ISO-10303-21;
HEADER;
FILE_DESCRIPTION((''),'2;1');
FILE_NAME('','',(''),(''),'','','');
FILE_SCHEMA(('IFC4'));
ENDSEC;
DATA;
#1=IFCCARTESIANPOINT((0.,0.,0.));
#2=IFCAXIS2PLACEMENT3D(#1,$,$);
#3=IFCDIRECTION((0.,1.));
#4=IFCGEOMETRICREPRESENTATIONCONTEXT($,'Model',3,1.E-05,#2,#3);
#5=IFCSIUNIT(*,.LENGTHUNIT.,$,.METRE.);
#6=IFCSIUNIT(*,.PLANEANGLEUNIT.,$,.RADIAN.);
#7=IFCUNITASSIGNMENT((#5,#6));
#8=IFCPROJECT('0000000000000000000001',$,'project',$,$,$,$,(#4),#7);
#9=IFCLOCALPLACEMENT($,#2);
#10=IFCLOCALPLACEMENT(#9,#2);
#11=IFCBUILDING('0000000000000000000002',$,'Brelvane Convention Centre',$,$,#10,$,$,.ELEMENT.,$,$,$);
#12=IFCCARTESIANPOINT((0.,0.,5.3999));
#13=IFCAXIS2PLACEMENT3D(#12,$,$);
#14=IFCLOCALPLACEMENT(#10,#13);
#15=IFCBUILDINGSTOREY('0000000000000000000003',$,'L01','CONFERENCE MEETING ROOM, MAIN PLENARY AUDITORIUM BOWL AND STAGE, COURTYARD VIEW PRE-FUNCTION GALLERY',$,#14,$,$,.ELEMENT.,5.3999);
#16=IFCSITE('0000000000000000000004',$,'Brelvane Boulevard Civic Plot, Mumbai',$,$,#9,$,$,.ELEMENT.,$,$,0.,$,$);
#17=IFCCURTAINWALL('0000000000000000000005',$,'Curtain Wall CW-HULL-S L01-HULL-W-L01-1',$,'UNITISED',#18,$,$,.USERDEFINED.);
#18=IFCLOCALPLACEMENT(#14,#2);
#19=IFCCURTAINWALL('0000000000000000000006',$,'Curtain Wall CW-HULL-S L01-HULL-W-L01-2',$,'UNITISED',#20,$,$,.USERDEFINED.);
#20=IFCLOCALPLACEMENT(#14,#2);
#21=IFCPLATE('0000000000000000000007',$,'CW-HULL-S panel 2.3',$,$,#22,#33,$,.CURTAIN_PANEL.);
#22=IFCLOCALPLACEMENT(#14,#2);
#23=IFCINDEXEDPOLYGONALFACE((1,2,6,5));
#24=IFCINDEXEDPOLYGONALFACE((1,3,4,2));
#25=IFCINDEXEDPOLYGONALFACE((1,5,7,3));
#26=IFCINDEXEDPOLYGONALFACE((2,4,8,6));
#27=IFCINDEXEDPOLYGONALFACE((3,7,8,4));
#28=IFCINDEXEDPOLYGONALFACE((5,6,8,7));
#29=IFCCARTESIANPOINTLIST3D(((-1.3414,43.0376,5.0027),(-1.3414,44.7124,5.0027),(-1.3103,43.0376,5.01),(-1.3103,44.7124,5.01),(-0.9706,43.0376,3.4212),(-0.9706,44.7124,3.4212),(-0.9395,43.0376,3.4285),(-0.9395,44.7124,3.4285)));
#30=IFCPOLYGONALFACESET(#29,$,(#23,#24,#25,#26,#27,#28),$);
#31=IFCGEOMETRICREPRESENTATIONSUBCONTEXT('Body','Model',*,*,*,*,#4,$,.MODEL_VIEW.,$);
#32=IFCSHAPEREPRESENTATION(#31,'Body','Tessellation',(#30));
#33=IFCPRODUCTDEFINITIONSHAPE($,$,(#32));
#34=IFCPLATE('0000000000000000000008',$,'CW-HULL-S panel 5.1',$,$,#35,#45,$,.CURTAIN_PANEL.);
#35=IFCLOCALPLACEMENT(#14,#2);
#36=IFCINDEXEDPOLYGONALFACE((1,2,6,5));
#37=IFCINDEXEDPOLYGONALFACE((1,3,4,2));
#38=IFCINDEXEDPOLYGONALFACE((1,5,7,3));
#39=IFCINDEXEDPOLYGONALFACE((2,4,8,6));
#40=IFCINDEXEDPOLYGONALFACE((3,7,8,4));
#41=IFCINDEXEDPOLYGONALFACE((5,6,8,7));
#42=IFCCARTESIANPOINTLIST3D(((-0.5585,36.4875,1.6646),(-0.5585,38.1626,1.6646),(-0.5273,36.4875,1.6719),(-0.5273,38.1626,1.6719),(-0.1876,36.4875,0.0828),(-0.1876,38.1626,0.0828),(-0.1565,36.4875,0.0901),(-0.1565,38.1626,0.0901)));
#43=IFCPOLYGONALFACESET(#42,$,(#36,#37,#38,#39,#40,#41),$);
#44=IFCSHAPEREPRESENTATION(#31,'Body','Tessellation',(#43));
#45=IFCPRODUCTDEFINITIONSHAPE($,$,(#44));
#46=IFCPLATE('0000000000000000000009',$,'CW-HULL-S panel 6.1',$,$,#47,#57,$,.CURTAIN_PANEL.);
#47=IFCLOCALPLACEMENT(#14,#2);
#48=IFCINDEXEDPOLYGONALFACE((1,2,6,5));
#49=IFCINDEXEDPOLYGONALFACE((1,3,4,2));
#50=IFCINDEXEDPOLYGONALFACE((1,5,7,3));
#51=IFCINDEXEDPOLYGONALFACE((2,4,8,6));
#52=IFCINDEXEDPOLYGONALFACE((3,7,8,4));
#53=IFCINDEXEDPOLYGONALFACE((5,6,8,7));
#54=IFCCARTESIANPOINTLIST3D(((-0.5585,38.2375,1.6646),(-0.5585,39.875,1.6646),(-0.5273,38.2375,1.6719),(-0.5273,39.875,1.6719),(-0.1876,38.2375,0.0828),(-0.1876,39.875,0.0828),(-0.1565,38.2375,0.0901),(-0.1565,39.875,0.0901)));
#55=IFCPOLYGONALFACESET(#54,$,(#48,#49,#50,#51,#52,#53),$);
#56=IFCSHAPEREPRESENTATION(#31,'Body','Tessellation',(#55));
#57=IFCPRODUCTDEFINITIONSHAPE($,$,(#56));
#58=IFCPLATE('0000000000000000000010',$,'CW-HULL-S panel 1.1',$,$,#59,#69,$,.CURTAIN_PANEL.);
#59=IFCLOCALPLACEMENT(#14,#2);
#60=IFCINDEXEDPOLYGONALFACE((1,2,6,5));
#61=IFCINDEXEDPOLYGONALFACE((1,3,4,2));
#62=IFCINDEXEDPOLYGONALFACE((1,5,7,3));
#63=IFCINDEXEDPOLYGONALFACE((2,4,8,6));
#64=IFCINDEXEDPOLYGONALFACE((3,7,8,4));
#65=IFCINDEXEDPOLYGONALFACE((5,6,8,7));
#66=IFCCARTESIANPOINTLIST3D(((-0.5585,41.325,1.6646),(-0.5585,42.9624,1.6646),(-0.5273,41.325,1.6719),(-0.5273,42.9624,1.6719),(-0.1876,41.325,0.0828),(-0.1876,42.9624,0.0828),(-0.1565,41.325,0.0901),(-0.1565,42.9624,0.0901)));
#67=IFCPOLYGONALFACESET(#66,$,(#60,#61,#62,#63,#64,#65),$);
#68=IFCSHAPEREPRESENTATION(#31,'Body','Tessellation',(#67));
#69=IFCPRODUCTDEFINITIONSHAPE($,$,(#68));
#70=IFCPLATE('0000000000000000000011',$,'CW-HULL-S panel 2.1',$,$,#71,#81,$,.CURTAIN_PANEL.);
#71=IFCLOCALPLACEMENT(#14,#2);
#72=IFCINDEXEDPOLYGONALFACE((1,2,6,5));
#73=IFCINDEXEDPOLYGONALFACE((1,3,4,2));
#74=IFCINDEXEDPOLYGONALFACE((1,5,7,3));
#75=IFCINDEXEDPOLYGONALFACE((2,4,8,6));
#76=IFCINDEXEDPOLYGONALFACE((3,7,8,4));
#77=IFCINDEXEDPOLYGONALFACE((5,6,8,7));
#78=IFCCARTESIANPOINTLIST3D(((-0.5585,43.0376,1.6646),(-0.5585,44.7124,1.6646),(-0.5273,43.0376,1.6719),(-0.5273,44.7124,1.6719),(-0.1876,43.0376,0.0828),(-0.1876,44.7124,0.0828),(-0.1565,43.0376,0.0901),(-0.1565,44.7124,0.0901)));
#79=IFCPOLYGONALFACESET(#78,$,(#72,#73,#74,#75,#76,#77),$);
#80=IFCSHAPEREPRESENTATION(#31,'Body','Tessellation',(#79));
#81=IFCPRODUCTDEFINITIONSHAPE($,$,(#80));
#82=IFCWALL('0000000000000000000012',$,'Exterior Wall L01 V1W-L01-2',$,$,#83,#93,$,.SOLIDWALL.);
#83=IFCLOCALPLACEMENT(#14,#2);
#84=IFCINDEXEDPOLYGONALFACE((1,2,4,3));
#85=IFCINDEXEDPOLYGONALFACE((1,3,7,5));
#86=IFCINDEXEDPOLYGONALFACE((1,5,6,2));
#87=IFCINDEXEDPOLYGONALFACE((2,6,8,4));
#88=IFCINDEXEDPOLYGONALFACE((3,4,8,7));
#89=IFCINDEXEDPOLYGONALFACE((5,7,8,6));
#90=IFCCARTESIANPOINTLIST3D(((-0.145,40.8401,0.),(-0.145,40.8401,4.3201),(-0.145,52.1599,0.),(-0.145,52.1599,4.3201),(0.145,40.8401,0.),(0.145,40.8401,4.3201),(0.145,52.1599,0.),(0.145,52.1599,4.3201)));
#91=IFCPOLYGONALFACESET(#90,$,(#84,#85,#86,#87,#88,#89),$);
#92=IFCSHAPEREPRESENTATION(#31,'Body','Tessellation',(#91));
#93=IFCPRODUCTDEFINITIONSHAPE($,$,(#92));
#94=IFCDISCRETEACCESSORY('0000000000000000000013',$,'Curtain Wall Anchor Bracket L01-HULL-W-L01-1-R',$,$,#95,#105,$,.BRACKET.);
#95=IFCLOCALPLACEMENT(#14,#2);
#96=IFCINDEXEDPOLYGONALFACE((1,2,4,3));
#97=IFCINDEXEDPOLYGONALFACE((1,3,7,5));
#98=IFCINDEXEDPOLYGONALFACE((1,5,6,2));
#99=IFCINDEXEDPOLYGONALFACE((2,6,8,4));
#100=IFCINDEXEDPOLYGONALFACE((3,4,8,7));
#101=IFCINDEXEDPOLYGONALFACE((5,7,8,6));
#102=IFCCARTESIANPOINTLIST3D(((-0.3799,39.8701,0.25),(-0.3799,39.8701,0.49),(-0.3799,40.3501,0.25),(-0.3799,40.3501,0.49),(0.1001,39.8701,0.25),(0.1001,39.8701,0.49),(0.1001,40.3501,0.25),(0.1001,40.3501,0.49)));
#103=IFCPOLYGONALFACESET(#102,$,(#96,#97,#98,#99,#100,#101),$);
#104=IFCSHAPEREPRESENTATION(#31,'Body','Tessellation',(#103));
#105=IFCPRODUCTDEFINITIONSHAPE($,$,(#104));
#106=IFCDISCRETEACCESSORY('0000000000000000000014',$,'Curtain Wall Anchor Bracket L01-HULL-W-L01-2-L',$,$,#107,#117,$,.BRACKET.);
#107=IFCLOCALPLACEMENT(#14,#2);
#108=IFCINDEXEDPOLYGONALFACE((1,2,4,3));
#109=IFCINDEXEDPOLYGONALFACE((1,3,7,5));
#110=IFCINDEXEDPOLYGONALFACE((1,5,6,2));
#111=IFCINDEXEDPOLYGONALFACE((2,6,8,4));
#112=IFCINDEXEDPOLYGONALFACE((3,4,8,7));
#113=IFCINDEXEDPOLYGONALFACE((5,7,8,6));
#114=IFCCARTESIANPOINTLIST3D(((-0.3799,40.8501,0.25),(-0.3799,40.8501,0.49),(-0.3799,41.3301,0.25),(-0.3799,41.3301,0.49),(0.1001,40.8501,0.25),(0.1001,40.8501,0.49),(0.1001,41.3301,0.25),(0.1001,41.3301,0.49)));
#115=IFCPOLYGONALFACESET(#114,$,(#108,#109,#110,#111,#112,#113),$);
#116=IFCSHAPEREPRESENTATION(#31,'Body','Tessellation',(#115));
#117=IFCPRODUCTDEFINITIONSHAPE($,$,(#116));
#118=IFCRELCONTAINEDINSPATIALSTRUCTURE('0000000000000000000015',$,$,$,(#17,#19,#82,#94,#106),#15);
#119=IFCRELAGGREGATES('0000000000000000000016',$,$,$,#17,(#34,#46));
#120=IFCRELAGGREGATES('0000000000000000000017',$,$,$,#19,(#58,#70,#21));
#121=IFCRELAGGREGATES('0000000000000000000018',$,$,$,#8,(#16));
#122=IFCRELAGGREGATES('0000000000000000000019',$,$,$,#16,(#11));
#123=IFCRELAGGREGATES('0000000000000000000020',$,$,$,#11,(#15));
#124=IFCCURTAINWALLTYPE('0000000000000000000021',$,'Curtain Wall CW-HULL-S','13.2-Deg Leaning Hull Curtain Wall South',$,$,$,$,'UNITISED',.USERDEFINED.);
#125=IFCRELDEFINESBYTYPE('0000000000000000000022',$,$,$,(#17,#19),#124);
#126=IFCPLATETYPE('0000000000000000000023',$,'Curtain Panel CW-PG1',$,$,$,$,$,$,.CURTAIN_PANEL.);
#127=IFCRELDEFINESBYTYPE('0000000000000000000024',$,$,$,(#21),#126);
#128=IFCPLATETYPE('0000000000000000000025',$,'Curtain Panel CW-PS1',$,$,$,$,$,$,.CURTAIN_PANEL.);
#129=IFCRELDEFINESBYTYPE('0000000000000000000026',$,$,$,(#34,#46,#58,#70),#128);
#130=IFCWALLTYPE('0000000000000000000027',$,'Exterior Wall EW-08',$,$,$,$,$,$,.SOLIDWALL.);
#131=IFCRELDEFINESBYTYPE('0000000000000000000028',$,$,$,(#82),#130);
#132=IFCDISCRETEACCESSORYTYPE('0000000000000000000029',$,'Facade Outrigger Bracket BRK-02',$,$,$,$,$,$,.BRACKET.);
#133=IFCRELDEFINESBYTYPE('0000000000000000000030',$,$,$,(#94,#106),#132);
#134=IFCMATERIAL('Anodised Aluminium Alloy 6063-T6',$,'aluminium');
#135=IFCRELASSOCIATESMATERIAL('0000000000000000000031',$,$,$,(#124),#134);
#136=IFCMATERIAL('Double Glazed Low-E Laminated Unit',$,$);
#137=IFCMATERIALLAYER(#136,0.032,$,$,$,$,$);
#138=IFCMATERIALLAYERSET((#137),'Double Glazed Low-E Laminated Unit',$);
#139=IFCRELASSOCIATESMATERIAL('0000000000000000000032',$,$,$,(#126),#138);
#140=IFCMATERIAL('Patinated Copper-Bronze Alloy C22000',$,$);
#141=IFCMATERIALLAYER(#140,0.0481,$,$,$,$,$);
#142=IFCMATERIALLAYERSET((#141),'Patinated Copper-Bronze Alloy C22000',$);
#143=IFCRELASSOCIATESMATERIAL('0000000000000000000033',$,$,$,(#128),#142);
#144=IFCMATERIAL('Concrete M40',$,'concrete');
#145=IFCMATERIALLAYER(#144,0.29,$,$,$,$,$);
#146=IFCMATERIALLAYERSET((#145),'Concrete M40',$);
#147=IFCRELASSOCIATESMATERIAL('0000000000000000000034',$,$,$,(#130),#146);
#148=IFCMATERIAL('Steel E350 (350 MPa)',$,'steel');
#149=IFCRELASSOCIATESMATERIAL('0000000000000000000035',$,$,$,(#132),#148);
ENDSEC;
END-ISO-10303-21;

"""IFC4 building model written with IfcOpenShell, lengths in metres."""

from ifc_helpers import new_model, si_unit, direction, frame, frame_2d, origin, origin_2d, place, context, subcontext, project, spatial, polyline, rectangle, outline, extrude, material, layer, layer_set, type_object, element, aggregate, save


model = new_model("IFC4")

# Units and contexts
model_context = context("Model", 3, precision=1e-05, world=origin(), true_north=direction((0.0, 1.0)))
body_context = subcontext(model_context, "Body", "Model", "MODEL_VIEW")
ifc_project = project(units=[si_unit("LENGTHUNIT", "METRE"), si_unit("PLANEANGLEUNIT", "RADIAN")], contexts=[model_context])

# Site, building, storey
site_placement = place(None, origin())
site = spatial("IfcSite", under=ifc_project, at=site_placement, Name="Brelvane Boulevard Civic Plot, Mumbai", CompositionType="ELEMENT", RefElevation=0.0)
building_placement = place(site_placement, origin())
building = spatial("IfcBuilding", under=site, at=building_placement, Name="Brelvane Convention Centre", CompositionType="ELEMENT")
storey_placement = place(building_placement, frame((0.0, 0.0, 5.3999)))
storey = spatial("IfcBuildingStorey", under=building, at=storey_placement, Name="L01", Description="CONFERENCE MEETING ROOM, MAIN PLENARY AUDITORIUM BOWL AND STAGE, COURTYARD VIEW PRE-FUNCTION GALLERY", CompositionType="ELEMENT", Elevation=5.3999)

# Curtain walls
ifc_material_1 = material(Name="Anodised Aluminium Alloy 6063-T6", Category="aluminium")
curtain_wall_type = type_object("IfcCurtainWallType", Name="Curtain Wall CW-HULL-S", Description="13.2-Deg Leaning Hull Curtain Wall South", ElementType="UNITISED", PredefinedType="USERDEFINED", material=ifc_material_1)
curtain_wall_1_placement = place(storey_placement, origin())
curtain_wall_1 = element("IfcCurtainWall", 1, at=curtain_wall_1_placement, inside=storey, type_object=curtain_wall_type, Name="Curtain Wall CW-HULL-S L01-HULL-W-L01-1", ObjectType="UNITISED", PredefinedType="USERDEFINED")
curtain_wall_2_placement = place(storey_placement, origin())
curtain_wall_2 = element("IfcCurtainWall", 2, at=curtain_wall_2_placement, inside=storey, type_object=curtain_wall_type, Name="Curtain Wall CW-HULL-S L01-HULL-W-L01-2", ObjectType="UNITISED", PredefinedType="USERDEFINED")

# Plates
ifc_material_2 = material(Name="Double Glazed Low-E Laminated Unit")
ifc_layer_1 = layer(ifc_material_2, 0.032)
ifc_layer_set_1 = layer_set([ifc_layer_1], Name="Double Glazed Low-E Laminated Unit")
plate_type_1 = type_object("IfcPlateType", Name="Curtain Panel CW-PG1", PredefinedType="CURTAIN_PANEL", material=ifc_layer_set_1)
plate_1_placement = place(storey_placement, frame((-0.9395, 43.0376, 3.4285), z_axis=(0.973592, 0.0, 0.228294), x_axis=(0.0, 1.0, 0.0)))
plate_1 = element("IfcPlate", 3, at=plate_1_placement, type_object=plate_type_1, Name="CW-HULL-S panel 2.3", PredefinedType="CURTAIN_PANEL", context=body_context, shape_type="SweptSolid", body=[
    extrude(outline(polyline([(0.0, 0.0), (1.6748, 0.0), (1.6748, 1.6244), (0.0, 1.6244), (0.0, 0.0)])), origin(), (0.0, 0.0, -1.0), 0.032),
])
ifc_material_3 = material(Name="Patinated Copper-Bronze Alloy C22000")
ifc_layer_2 = layer(ifc_material_3, 0.0481)
ifc_layer_set_2 = layer_set([ifc_layer_2], Name="Patinated Copper-Bronze Alloy C22000")
plate_type_2 = type_object("IfcPlateType", Name="Curtain Panel CW-PS1", PredefinedType="CURTAIN_PANEL", material=ifc_layer_set_2)
plate_2_placement = place(storey_placement, frame((-0.1565, 36.4875, 0.0901), z_axis=(0.9736, 0.0, 0.22826), x_axis=(0.0, 1.0, 0.0)))
plate_2 = element("IfcPlate", 4, at=plate_2_placement, type_object=plate_type_2, Name="CW-HULL-S panel 5.1", PredefinedType="CURTAIN_PANEL", context=body_context, shape_type="SweptSolid", body=[
    extrude(outline(polyline([(0.0, 0.0), (1.675, 0.0), (1.675, 1.6247), (0.0, 1.6247), (0.0, 0.0)])), origin(), (0.0, 0.0, -1.0), 0.032),
])
plate_3_placement = place(storey_placement, frame((-0.1565, 38.2375, 0.0901), z_axis=(0.9736, 0.0, 0.22826), x_axis=(0.0, 1.0, 0.0)))
plate_3 = element("IfcPlate", 5, at=plate_3_placement, type_object=plate_type_2, Name="CW-HULL-S panel 6.1", PredefinedType="CURTAIN_PANEL", context=body_context, shape_type="SweptSolid", body=[
    extrude(outline(polyline([(0.0, 0.0), (1.6375, 0.0), (1.6375, 1.6247), (0.0, 1.6247), (0.0, 0.0)])), origin(), (0.0, 0.0, -1.0), 0.032),
])
aggregate(curtain_wall_1, [plate_2, plate_3])
plate_4_placement = place(storey_placement, frame((-0.1565, 41.325, 0.0901), z_axis=(0.9736, 0.0, 0.22826), x_axis=(0.0, 1.0, 0.0)))
plate_4 = element("IfcPlate", 6, at=plate_4_placement, type_object=plate_type_2, Name="CW-HULL-S panel 1.1", PredefinedType="CURTAIN_PANEL", context=body_context, shape_type="SweptSolid", body=[
    extrude(outline(polyline([(0.0, 0.0), (1.6375, 0.0), (1.6375, 1.6247), (0.0, 1.6247), (0.0, 0.0)])), origin(), (0.0, 0.0, -1.0), 0.032),
])
plate_5_placement = place(storey_placement, frame((-0.1565, 43.0376, 0.0901), z_axis=(0.9736, 0.0, 0.22826), x_axis=(0.0, 1.0, 0.0)))
plate_5 = element("IfcPlate", 7, at=plate_5_placement, type_object=plate_type_2, Name="CW-HULL-S panel 2.1", PredefinedType="CURTAIN_PANEL", context=body_context, shape_type="SweptSolid", body=[
    extrude(outline(polyline([(0.0, 0.0), (1.6748, 0.0), (1.6748, 1.6247), (0.0, 1.6247), (0.0, 0.0)])), origin(), (0.0, 0.0, -1.0), 0.032),
])
aggregate(curtain_wall_2, [plate_4, plate_5, plate_1])

# Wall
ifc_material_4 = material(Name="Concrete M40", Category="concrete")
ifc_layer_3 = layer(ifc_material_4, 0.29)
ifc_layer_set_3 = layer_set([ifc_layer_3], Name="Concrete M40")
wall_type = type_object("IfcWallType", Name="Exterior Wall EW-08", PredefinedType="SOLIDWALL", material=ifc_layer_set_3)
wall_placement = place(storey_placement, frame((0.0, 40.8401, 0.0), z_axis=(0.0, 0.0, 1.0), x_axis=(0.0, 1.0, 0.0)))
element("IfcWall", 8, at=wall_placement, inside=storey, type_object=wall_type, Name="Exterior Wall L01 V1W-L01-2", PredefinedType="SOLIDWALL", context=body_context, shape_type="SweptSolid", body=[
    extrude(rectangle(XDim=11.3198, YDim=0.29, at=frame_2d((5.6599, 0.0))), origin(), (0.0, 0.0, 1.0), 4.3201),
])

# Discrete accessories
ifc_material_5 = material(Name="Steel E350 (350 MPa)", Category="steel")
discrete_accessory_type = type_object("IfcDiscreteAccessoryType", Name="Facade Outrigger Bracket BRK-02", PredefinedType="BRACKET", material=ifc_material_5)
for number, where, z_axis, x_axis, name in (
    (9, (-0.1399, 40.1101, 0.25), (0.0, 0.0, 1.0), (1.0, 0.0, 0.0), "Curtain Wall Anchor Bracket L01-HULL-W-L01-1-R"),
    (10, (-0.1399, 41.0901, 0.25), (0.0, 0.0, 1.0), (1.0, 0.0, 0.0), "Curtain Wall Anchor Bracket L01-HULL-W-L01-2-L"),
):
    element("IfcDiscreteAccessory", number, at=place(storey_placement, frame(where, z_axis=z_axis, x_axis=x_axis)), inside=storey, type_object=discrete_accessory_type, Name=name, PredefinedType="BRACKET", context=body_context, shape_type="SweptSolid", body=[
        extrude(rectangle(XDim=0.48, YDim=0.48, at=origin_2d()), origin(), (0.0, 0.0, 1.0), 0.24),
    ])

save(model, "model.ifc")
